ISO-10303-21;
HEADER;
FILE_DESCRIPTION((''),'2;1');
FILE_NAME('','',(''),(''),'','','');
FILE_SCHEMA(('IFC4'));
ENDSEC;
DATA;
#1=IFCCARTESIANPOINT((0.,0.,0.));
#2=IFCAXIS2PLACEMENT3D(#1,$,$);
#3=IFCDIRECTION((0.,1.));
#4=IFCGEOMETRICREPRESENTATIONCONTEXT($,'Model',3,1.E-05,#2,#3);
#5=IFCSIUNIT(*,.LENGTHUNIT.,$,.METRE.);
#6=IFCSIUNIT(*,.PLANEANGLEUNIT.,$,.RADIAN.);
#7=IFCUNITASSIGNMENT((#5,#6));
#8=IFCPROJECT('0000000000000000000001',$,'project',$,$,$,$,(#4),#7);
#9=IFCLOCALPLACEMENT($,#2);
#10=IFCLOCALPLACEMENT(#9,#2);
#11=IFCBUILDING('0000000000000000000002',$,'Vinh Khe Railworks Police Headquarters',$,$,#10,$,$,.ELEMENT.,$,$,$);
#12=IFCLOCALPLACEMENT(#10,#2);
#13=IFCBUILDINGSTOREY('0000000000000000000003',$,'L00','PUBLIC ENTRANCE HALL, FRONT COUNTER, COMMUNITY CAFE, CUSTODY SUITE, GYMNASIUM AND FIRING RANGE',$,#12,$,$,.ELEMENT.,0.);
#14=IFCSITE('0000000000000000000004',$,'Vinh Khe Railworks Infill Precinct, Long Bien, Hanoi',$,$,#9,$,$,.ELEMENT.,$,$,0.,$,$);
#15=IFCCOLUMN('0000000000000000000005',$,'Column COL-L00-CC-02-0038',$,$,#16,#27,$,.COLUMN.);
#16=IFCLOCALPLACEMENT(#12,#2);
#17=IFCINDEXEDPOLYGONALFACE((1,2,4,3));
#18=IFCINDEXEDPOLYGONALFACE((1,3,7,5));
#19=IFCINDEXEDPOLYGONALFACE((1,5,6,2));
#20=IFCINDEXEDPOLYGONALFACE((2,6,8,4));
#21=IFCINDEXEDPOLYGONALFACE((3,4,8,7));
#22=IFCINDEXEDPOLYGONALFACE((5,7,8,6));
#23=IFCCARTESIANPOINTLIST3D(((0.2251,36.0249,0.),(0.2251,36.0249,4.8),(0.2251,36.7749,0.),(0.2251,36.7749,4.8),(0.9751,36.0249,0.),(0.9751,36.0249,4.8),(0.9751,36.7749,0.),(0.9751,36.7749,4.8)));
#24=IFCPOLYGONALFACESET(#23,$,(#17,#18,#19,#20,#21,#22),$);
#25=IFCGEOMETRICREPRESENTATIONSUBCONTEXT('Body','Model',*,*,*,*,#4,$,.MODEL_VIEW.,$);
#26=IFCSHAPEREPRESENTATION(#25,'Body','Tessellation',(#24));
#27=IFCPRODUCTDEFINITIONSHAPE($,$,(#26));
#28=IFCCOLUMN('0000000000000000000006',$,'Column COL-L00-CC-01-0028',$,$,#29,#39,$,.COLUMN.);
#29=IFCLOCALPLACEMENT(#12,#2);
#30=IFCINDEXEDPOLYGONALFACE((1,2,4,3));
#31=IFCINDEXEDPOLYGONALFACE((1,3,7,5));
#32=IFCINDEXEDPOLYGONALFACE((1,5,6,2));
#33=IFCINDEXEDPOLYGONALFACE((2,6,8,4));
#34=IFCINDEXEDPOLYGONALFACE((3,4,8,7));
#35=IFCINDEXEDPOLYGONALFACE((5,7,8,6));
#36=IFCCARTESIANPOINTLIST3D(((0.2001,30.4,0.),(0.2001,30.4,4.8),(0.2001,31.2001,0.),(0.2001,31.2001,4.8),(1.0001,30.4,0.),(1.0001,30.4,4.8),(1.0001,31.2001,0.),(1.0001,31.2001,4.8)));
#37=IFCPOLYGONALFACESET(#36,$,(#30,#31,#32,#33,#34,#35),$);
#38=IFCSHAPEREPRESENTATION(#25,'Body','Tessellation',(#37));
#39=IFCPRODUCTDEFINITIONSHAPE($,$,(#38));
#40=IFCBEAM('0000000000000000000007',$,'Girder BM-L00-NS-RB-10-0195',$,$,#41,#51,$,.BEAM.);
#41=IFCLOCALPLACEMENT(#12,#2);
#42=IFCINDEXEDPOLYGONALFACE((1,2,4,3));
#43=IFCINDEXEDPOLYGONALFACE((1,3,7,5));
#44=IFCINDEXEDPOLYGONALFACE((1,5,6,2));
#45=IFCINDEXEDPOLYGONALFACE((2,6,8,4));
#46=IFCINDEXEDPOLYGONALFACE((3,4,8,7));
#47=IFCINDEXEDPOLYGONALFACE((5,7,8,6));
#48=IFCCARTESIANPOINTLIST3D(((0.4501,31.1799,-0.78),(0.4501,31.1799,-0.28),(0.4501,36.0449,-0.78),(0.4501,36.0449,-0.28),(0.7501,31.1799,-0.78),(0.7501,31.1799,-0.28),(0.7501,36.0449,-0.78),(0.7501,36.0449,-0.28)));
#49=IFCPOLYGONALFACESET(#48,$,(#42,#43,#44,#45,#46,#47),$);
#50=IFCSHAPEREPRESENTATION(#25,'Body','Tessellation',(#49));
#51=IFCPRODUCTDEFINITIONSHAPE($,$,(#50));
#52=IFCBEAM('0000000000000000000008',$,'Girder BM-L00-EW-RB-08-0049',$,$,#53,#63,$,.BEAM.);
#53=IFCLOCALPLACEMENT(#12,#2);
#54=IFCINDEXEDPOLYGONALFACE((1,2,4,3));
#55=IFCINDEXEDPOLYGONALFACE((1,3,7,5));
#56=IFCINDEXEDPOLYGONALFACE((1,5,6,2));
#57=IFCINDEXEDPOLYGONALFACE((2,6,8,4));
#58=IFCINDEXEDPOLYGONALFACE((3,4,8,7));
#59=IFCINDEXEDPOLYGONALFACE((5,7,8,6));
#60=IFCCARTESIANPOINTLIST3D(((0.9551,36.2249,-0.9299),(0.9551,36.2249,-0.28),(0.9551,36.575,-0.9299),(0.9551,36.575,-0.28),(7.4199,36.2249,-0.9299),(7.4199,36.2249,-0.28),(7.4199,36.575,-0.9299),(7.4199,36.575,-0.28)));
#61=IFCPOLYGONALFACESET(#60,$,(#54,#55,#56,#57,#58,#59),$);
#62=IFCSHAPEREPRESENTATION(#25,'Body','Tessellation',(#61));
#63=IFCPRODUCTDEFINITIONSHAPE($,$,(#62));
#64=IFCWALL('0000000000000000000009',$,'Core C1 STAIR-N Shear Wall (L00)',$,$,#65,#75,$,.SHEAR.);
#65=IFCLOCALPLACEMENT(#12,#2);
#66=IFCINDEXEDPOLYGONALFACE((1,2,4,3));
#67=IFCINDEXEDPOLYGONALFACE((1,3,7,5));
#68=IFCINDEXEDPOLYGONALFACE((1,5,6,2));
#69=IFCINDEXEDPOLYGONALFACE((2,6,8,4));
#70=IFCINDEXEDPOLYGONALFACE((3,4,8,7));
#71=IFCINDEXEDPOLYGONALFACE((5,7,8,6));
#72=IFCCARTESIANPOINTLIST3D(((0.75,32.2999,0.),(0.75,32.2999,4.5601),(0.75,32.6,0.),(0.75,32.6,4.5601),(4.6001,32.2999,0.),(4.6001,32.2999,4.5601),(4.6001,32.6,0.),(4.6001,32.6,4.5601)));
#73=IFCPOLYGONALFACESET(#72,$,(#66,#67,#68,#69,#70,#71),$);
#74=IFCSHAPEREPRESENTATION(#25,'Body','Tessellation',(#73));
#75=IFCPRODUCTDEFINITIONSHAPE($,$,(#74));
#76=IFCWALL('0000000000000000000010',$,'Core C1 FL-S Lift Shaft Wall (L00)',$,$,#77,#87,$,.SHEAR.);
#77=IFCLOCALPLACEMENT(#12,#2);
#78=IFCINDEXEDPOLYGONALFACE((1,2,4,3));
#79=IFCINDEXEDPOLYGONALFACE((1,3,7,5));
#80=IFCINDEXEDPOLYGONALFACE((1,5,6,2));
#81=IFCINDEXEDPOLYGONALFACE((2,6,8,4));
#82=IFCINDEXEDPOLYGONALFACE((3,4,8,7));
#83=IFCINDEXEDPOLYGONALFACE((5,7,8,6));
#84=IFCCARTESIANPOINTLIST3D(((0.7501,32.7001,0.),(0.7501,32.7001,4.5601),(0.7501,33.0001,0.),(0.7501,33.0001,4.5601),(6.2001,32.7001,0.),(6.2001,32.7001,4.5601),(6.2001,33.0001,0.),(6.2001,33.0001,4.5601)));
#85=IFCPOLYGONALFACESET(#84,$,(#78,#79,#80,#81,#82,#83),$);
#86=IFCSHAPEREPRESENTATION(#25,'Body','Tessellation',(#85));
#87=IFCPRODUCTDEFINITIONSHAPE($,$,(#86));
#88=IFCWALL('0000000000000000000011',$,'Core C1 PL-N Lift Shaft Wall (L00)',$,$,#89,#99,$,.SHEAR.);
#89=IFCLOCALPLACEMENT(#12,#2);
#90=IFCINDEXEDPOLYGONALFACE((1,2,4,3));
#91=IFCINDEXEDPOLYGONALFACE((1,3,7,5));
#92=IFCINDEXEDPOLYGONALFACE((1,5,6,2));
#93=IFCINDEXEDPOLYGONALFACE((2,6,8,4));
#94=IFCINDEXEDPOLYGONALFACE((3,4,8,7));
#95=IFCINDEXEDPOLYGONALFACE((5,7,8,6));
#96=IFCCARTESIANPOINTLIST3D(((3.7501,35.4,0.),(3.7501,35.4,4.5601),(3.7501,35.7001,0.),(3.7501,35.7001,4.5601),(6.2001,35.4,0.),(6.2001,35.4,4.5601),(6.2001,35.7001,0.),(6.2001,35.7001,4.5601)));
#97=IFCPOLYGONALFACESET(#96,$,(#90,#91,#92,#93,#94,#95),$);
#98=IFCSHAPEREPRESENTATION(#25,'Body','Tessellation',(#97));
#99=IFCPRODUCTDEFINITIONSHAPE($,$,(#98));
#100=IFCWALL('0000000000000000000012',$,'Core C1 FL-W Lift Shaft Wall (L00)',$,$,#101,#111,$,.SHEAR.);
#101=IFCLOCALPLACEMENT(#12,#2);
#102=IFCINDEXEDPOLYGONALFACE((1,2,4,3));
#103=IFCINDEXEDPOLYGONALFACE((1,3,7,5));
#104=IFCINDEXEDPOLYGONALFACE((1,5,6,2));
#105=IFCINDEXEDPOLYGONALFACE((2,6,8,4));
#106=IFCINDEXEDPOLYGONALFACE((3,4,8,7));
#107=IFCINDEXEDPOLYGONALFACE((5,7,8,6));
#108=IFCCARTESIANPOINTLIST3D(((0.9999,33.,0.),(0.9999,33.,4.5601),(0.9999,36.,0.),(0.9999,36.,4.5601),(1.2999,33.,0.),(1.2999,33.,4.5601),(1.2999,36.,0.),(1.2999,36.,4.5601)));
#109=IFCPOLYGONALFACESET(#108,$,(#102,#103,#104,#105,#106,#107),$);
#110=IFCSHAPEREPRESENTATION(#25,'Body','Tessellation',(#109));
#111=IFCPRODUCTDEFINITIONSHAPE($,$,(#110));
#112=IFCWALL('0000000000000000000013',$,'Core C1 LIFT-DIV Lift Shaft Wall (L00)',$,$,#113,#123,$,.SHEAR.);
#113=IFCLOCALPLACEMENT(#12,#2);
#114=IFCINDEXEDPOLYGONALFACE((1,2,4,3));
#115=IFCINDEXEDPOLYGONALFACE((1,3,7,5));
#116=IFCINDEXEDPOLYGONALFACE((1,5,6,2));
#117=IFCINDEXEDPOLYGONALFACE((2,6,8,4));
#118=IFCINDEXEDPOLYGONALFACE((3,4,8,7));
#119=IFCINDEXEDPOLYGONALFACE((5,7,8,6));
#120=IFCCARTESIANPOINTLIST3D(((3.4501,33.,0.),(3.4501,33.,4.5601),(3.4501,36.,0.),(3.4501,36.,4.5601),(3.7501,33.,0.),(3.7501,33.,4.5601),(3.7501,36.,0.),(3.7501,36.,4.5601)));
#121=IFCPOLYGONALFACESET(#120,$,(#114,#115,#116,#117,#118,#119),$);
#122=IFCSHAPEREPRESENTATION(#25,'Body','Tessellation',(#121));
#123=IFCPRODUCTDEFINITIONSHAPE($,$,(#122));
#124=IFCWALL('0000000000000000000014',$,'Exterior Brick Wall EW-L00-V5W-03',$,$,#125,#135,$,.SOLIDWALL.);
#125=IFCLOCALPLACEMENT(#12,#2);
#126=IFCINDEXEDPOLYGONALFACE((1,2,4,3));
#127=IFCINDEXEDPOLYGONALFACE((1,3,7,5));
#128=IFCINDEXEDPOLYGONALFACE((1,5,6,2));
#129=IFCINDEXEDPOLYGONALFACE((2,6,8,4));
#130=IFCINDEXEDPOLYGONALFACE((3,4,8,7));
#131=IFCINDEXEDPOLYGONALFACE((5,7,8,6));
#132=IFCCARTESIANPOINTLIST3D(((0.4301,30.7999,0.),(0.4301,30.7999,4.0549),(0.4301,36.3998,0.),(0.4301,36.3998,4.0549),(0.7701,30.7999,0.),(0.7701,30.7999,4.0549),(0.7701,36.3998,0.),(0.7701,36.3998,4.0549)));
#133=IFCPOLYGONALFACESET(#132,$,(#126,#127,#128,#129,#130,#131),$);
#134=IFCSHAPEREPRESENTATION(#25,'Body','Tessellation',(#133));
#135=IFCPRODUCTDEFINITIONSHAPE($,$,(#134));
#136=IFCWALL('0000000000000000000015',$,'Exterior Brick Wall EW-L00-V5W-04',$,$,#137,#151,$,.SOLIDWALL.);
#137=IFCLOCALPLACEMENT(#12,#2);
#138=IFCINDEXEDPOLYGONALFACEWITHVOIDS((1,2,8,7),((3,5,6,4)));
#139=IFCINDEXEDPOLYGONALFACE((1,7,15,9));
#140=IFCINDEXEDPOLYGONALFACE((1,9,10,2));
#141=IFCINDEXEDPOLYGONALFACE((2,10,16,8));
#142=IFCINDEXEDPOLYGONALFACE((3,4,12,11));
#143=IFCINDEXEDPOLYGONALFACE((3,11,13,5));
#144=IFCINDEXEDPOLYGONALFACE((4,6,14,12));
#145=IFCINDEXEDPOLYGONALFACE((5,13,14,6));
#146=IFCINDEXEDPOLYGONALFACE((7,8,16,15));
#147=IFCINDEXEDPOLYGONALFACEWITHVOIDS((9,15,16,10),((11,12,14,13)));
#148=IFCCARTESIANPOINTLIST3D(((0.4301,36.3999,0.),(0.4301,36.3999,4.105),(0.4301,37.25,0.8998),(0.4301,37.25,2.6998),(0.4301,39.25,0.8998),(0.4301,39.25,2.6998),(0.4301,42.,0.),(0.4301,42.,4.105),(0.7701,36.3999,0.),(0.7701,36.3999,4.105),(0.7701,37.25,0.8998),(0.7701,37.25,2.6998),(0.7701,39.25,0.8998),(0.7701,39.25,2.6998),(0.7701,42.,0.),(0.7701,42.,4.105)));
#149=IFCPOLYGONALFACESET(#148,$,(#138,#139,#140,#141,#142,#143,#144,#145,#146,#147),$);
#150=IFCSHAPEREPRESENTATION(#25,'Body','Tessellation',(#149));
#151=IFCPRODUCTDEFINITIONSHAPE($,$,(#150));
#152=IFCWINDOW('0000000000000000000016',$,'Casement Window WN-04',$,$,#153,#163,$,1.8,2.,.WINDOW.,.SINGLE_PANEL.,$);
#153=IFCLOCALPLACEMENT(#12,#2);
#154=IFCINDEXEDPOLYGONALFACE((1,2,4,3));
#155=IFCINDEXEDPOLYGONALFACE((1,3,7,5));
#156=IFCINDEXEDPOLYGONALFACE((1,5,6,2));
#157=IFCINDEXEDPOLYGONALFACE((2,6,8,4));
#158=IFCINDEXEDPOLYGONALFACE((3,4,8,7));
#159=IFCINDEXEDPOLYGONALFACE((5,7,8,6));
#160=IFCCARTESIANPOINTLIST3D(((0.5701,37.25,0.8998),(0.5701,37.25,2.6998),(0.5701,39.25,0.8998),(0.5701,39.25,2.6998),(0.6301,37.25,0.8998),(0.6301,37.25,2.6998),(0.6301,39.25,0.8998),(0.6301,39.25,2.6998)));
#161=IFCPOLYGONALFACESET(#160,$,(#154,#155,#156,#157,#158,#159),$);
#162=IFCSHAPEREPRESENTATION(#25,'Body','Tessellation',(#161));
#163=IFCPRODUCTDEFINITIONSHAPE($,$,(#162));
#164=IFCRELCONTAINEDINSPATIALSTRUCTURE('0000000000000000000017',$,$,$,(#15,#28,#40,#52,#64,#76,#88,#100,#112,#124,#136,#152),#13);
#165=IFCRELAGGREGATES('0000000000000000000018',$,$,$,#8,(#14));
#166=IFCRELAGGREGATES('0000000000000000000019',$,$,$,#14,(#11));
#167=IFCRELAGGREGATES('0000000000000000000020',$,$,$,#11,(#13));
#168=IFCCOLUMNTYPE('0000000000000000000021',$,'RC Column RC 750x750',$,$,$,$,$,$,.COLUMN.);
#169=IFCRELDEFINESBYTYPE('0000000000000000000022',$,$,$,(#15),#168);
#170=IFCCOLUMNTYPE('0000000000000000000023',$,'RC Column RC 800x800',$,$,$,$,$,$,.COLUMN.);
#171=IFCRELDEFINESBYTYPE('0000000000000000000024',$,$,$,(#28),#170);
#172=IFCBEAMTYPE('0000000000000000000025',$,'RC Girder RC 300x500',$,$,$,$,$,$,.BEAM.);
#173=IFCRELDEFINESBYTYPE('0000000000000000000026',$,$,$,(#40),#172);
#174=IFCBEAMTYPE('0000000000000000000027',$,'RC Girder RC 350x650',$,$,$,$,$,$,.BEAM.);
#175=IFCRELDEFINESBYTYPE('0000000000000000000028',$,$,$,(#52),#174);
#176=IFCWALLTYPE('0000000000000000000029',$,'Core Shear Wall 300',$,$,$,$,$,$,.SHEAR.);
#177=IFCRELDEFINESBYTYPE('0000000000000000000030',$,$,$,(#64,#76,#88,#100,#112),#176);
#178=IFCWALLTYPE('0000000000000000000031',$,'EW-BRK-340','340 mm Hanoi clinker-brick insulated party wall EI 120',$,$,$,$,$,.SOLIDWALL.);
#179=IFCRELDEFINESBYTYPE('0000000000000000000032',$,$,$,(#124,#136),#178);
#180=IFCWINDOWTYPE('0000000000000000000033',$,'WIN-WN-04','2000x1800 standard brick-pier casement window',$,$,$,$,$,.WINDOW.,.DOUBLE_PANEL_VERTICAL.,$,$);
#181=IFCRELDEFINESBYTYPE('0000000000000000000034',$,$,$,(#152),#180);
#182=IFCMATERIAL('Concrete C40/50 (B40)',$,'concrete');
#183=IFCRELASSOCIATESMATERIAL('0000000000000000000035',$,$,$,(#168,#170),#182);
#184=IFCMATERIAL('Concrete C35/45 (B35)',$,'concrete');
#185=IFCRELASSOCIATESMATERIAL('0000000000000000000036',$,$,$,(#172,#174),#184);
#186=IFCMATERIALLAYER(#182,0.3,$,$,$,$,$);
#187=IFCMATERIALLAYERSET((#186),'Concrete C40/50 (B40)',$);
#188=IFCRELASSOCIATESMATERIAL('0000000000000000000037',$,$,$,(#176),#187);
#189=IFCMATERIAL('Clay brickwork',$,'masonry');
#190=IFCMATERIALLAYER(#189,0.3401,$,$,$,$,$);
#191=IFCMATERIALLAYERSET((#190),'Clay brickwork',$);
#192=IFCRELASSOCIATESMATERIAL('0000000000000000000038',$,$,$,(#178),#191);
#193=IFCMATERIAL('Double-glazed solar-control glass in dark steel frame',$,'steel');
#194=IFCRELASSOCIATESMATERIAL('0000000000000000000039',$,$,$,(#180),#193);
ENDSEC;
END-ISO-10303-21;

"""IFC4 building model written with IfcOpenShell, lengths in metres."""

from ifc_helpers import new_model, si_unit, direction, frame, frame_2d, origin, origin_2d, place, context, subcontext, project, spatial, rectangle, extrude, material, layer, layer_set, material_profile, profile_set, type_object, element, fill, save


model = new_model("IFC4")

# Units and contexts
model_context = context("Model", 3, precision=1e-05, world=origin(), true_north=direction((0.0, 1.0)))
body_context = subcontext(model_context, "Body", "Model", "MODEL_VIEW")
ifc_project = project(units=[si_unit("LENGTHUNIT", "METRE"), si_unit("PLANEANGLEUNIT", "RADIAN")], contexts=[model_context])

# Site, building, storey
site_placement = place(None, origin())
site = spatial("IfcSite", under=ifc_project, at=site_placement, Name="Vinh Khe Railworks Infill Precinct, Long Bien, Hanoi", CompositionType="ELEMENT", RefElevation=0.0)
building_placement = place(site_placement, origin())
building = spatial("IfcBuilding", under=site, at=building_placement, Name="Vinh Khe Railworks Police Headquarters", CompositionType="ELEMENT")
storey_placement = place(building_placement, origin())
storey = spatial("IfcBuildingStorey", under=building, at=storey_placement, Name="L00", Description="PUBLIC ENTRANCE HALL, FRONT COUNTER, COMMUNITY CAFE, CUSTODY SUITE, GYMNASIUM AND FIRING RANGE", CompositionType="ELEMENT", Elevation=0.0)

# Columns
ifc_material_1 = material(Name="Concrete C40/50 (B40)", Category="concrete")
ifc_material_profile_1 = material_profile(ifc_material_1, rectangle(XDim=0.75, YDim=0.75, at=origin_2d()), Name="RC 750x750")
ifc_profile_set_1 = profile_set([ifc_material_profile_1], Name="Concrete C40/50 (B40)")
column_type_1 = type_object("IfcColumnType", Name="RC Column RC 750x750", PredefinedType="COLUMN", material=ifc_profile_set_1)
column_1_placement = place(storey_placement, frame((0.6001, 36.3999, 0.0), z_axis=(0.0, 0.0, 1.0), x_axis=(1.0, 0.0, 0.0)))
element("IfcColumn", 1, at=column_1_placement, inside=storey, type_object=column_type_1, Name="Column COL-L00-CC-02-0038", PredefinedType="COLUMN", context=body_context, shape_type="SweptSolid", body=[
    extrude(rectangle(XDim=0.75, YDim=0.75, at=origin_2d()), origin(), (0.0, 0.0, 1.0), 4.8),
])
ifc_material_profile_2 = material_profile(ifc_material_1, rectangle(XDim=0.8, YDim=0.8, at=origin_2d()), Name="RC 800x800")
ifc_profile_set_2 = profile_set([ifc_material_profile_2], Name="Concrete C40/50 (B40)")
column_type_2 = type_object("IfcColumnType", Name="RC Column RC 800x800", PredefinedType="COLUMN", material=ifc_profile_set_2)
column_2_placement = place(storey_placement, frame((0.6001, 30.8, 0.0), z_axis=(0.0, 0.0, 1.0), x_axis=(1.0, 0.0, 0.0)))
element("IfcColumn", 2, at=column_2_placement, inside=storey, type_object=column_type_2, Name="Column COL-L00-CC-01-0028", PredefinedType="COLUMN", context=body_context, shape_type="SweptSolid", body=[
    extrude(rectangle(XDim=0.8, YDim=0.8, at=origin_2d()), origin(), (0.0, 0.0, 1.0), 4.8),
])

# Beams
ifc_material_2 = material(Name="Concrete C35/45 (B35)", Category="concrete")
ifc_material_profile_3 = material_profile(ifc_material_2, rectangle(XDim=0.3, YDim=0.5, at=origin_2d()), Name="RC 300x500")
ifc_profile_set_3 = profile_set([ifc_material_profile_3], Name="Concrete C35/45 (B35)")
beam_type_1 = type_object("IfcBeamType", Name="RC Girder RC 300x500", PredefinedType="BEAM", material=ifc_profile_set_3)
beam_1_placement = place(storey_placement, frame((0.6001, 31.1799, -0.53), z_axis=(0.0, 1.0, 0.0), x_axis=(-1.0, 0.0, 0.0)))
element("IfcBeam", 3, at=beam_1_placement, inside=storey, type_object=beam_type_1, Name="Girder BM-L00-NS-RB-10-0195", PredefinedType="BEAM", context=body_context, shape_type="SweptSolid", body=[
    extrude(rectangle(XDim=0.3, YDim=0.5, at=origin_2d()), origin(), (0.0, 0.0, 1.0), 4.865),
])
ifc_material_profile_4 = material_profile(ifc_material_2, rectangle(XDim=0.3501, YDim=0.6499, at=origin_2d()), Name="RC 350x650")
ifc_profile_set_4 = profile_set([ifc_material_profile_4], Name="Concrete C35/45 (B35)")
beam_type_2 = type_object("IfcBeamType", Name="RC Girder RC 350x650", PredefinedType="BEAM", material=ifc_profile_set_4)
beam_2_placement = place(storey_placement, frame((0.9551, 36.3999, -0.605), z_axis=(1.0, 0.0, 0.0), x_axis=(0.0, 1.0, 0.0)))
element("IfcBeam", 4, at=beam_2_placement, inside=storey, type_object=beam_type_2, Name="Girder BM-L00-EW-RB-08-0049", PredefinedType="BEAM", context=body_context, shape_type="SweptSolid", body=[
    extrude(rectangle(XDim=0.3501, YDim=0.6499, at=origin_2d()), origin(), (0.0, 0.0, 1.0), 6.4648),
])

# Walls
ifc_layer_1 = layer(ifc_material_1, 0.3)
ifc_layer_set_1 = layer_set([ifc_layer_1], Name="Concrete C40/50 (B40)")
wall_type_1 = type_object("IfcWallType", Name="Core Shear Wall 300", PredefinedType="SHEAR", material=ifc_layer_set_1)
wall_1_placement = place(storey_placement, frame((0.75, 32.45, 0.0), z_axis=(0.0, 0.0, 1.0), x_axis=(1.0, 0.0, 0.0)))
element("IfcWall", 5, at=wall_1_placement, inside=storey, type_object=wall_type_1, Name="Core C1 STAIR-N Shear Wall (L00)", PredefinedType="SHEAR", context=body_context, shape_type="SweptSolid", body=[
    extrude(rectangle(XDim=3.8501, YDim=0.3, at=frame_2d((1.925, 0.0))), origin(), (0.0, 0.0, 1.0), 4.5601),
])
wall_2_placement = place(storey_placement, frame((0.75, 32.8501, 0.0), z_axis=(0.0, 0.0, 1.0), x_axis=(1.0, 0.0, 0.0)))
element("IfcWall", 6, at=wall_2_placement, inside=storey, type_object=wall_type_1, Name="Core C1 FL-S Lift Shaft Wall (L00)", PredefinedType="SHEAR", context=body_context, shape_type="SweptSolid", body=[
    extrude(rectangle(XDim=5.45, YDim=0.3, at=frame_2d((2.7251, 0.0))), origin(), (0.0, 0.0, 1.0), 4.5601),
])

# Walls
wall_3_placement = place(storey_placement, frame((3.75, 35.55, 0.0), z_axis=(0.0, 0.0, 1.0), x_axis=(1.0, 0.0, 0.0)))
element("IfcWall", 7, at=wall_3_placement, inside=storey, type_object=wall_type_1, Name="Core C1 PL-N Lift Shaft Wall (L00)", PredefinedType="SHEAR", context=body_context, shape_type="SweptSolid", body=[
    extrude(rectangle(XDim=2.45, YDim=0.3, at=frame_2d((1.2251, 0.0))), origin(), (0.0, 0.0, 1.0), 4.5601),
])
for number, where, z_axis, x_axis, name in (
    (8, (1.1499, 33.0, 0.0), (0.0, 0.0, 1.0), (0.0, 1.0, 0.0), "Core C1 FL-W Lift Shaft Wall (L00)"),
    (9, (3.6001, 33.0, 0.0), (0.0, 0.0, 1.0), (0.0, 1.0, 0.0), "Core C1 LIFT-DIV Lift Shaft Wall (L00)"),
):
    element("IfcWall", number, at=place(storey_placement, frame(where, z_axis=z_axis, x_axis=x_axis)), inside=storey, type_object=wall_type_1, Name=name, PredefinedType="SHEAR", context=body_context, shape_type="SweptSolid", body=[
        extrude(rectangle(XDim=3.0, YDim=0.3, at=frame_2d((1.5, 0.0))), origin(), (0.0, 0.0, 1.0), 4.5601),
    ])
ifc_material_3 = material(Name="Clay brickwork", Category="masonry")
ifc_layer_2 = layer(ifc_material_3, 0.3401)
ifc_layer_set_2 = layer_set([ifc_layer_2], Name="Clay brickwork")
wall_type_2 = type_object("IfcWallType", Name="EW-BRK-340", Description="340 mm Hanoi clinker-brick insulated party wall EI 120", PredefinedType="SOLIDWALL", material=ifc_layer_set_2)
wall_4_placement = place(storey_placement, frame((0.6001, 30.8, 0.0), z_axis=(0.0, 0.0, 1.0), x_axis=(0.0, 1.0, 0.0)))
element("IfcWall", 10, at=wall_4_placement, inside=storey, type_object=wall_type_2, Name="Exterior Brick Wall EW-L00-V5W-03", PredefinedType="SOLIDWALL", context=body_context, shape_type="SweptSolid", body=[
    extrude(rectangle(XDim=5.5999, YDim=0.3401, at=frame_2d((2.7998, 0.0))), origin(), (0.0, 0.0, 1.0), 4.0549),
])

# Wall, opening, window
wall_5_placement = place(storey_placement, frame((0.6001, 36.3999, 0.0), z_axis=(0.0, 0.0, 1.0), x_axis=(0.0, 1.0, 0.0)))
wall_5 = element("IfcWall", 11, at=wall_5_placement, inside=storey, type_object=wall_type_2, Name="Exterior Brick Wall EW-L00-V5W-04", PredefinedType="SOLIDWALL", context=body_context, shape_type="SweptSolid", body=[
    extrude(rectangle(XDim=5.6001, YDim=0.3401, at=frame_2d((2.8, 0.0))), origin(), (0.0, 0.0, 1.0), 4.105),
])
opening_1_placement = place(wall_5_placement, frame((0.8501, 0.0, 0.8999)))
opening_1 = element("IfcOpeningElement", 12, at=opening_1_placement, cuts=wall_5, PredefinedType="OPENING", context=body_context, shape_type="SweptSolid", body=[
    extrude(rectangle(XDim=2.0, YDim=1.8, at=frame_2d((1.0, 0.8999))), frame((0.0, 0.1851, 0.0), z_axis=(0.0, -1.0, 0.0), x_axis=(1.0, 0.0, 0.0)), (0.0, 0.0, 1.0), 0.3699),
])
ifc_material_4 = material(Name="Double-glazed solar-control glass in dark steel frame", Category="steel")
window_type = type_object("IfcWindowType", Name="WIN-WN-04", Description="2000x1800 standard brick-pier casement window", PartitioningType="DOUBLE_PANEL_VERTICAL", PredefinedType="WINDOW", material=ifc_material_4)
window_placement = place(opening_1_placement, origin())
window = element("IfcWindow", 13, at=window_placement, inside=storey, type_object=window_type, Name="Casement Window WN-04", OverallHeight=1.8, OverallWidth=2.0, PartitioningType="SINGLE_PANEL", PredefinedType="WINDOW", context=body_context, shape_type="SweptSolid", body=[
    extrude(rectangle(XDim=2.0, YDim=1.8, at=frame_2d((1.0, 0.8999))), frame((0.0, 0.03, 0.0), z_axis=(0.0, -1.0, 0.0), x_axis=(1.0, 0.0, 0.0)), (0.0, 0.0, 1.0), 0.0601),
])
fill(opening_1, window)

save(model, "model.ifc")
